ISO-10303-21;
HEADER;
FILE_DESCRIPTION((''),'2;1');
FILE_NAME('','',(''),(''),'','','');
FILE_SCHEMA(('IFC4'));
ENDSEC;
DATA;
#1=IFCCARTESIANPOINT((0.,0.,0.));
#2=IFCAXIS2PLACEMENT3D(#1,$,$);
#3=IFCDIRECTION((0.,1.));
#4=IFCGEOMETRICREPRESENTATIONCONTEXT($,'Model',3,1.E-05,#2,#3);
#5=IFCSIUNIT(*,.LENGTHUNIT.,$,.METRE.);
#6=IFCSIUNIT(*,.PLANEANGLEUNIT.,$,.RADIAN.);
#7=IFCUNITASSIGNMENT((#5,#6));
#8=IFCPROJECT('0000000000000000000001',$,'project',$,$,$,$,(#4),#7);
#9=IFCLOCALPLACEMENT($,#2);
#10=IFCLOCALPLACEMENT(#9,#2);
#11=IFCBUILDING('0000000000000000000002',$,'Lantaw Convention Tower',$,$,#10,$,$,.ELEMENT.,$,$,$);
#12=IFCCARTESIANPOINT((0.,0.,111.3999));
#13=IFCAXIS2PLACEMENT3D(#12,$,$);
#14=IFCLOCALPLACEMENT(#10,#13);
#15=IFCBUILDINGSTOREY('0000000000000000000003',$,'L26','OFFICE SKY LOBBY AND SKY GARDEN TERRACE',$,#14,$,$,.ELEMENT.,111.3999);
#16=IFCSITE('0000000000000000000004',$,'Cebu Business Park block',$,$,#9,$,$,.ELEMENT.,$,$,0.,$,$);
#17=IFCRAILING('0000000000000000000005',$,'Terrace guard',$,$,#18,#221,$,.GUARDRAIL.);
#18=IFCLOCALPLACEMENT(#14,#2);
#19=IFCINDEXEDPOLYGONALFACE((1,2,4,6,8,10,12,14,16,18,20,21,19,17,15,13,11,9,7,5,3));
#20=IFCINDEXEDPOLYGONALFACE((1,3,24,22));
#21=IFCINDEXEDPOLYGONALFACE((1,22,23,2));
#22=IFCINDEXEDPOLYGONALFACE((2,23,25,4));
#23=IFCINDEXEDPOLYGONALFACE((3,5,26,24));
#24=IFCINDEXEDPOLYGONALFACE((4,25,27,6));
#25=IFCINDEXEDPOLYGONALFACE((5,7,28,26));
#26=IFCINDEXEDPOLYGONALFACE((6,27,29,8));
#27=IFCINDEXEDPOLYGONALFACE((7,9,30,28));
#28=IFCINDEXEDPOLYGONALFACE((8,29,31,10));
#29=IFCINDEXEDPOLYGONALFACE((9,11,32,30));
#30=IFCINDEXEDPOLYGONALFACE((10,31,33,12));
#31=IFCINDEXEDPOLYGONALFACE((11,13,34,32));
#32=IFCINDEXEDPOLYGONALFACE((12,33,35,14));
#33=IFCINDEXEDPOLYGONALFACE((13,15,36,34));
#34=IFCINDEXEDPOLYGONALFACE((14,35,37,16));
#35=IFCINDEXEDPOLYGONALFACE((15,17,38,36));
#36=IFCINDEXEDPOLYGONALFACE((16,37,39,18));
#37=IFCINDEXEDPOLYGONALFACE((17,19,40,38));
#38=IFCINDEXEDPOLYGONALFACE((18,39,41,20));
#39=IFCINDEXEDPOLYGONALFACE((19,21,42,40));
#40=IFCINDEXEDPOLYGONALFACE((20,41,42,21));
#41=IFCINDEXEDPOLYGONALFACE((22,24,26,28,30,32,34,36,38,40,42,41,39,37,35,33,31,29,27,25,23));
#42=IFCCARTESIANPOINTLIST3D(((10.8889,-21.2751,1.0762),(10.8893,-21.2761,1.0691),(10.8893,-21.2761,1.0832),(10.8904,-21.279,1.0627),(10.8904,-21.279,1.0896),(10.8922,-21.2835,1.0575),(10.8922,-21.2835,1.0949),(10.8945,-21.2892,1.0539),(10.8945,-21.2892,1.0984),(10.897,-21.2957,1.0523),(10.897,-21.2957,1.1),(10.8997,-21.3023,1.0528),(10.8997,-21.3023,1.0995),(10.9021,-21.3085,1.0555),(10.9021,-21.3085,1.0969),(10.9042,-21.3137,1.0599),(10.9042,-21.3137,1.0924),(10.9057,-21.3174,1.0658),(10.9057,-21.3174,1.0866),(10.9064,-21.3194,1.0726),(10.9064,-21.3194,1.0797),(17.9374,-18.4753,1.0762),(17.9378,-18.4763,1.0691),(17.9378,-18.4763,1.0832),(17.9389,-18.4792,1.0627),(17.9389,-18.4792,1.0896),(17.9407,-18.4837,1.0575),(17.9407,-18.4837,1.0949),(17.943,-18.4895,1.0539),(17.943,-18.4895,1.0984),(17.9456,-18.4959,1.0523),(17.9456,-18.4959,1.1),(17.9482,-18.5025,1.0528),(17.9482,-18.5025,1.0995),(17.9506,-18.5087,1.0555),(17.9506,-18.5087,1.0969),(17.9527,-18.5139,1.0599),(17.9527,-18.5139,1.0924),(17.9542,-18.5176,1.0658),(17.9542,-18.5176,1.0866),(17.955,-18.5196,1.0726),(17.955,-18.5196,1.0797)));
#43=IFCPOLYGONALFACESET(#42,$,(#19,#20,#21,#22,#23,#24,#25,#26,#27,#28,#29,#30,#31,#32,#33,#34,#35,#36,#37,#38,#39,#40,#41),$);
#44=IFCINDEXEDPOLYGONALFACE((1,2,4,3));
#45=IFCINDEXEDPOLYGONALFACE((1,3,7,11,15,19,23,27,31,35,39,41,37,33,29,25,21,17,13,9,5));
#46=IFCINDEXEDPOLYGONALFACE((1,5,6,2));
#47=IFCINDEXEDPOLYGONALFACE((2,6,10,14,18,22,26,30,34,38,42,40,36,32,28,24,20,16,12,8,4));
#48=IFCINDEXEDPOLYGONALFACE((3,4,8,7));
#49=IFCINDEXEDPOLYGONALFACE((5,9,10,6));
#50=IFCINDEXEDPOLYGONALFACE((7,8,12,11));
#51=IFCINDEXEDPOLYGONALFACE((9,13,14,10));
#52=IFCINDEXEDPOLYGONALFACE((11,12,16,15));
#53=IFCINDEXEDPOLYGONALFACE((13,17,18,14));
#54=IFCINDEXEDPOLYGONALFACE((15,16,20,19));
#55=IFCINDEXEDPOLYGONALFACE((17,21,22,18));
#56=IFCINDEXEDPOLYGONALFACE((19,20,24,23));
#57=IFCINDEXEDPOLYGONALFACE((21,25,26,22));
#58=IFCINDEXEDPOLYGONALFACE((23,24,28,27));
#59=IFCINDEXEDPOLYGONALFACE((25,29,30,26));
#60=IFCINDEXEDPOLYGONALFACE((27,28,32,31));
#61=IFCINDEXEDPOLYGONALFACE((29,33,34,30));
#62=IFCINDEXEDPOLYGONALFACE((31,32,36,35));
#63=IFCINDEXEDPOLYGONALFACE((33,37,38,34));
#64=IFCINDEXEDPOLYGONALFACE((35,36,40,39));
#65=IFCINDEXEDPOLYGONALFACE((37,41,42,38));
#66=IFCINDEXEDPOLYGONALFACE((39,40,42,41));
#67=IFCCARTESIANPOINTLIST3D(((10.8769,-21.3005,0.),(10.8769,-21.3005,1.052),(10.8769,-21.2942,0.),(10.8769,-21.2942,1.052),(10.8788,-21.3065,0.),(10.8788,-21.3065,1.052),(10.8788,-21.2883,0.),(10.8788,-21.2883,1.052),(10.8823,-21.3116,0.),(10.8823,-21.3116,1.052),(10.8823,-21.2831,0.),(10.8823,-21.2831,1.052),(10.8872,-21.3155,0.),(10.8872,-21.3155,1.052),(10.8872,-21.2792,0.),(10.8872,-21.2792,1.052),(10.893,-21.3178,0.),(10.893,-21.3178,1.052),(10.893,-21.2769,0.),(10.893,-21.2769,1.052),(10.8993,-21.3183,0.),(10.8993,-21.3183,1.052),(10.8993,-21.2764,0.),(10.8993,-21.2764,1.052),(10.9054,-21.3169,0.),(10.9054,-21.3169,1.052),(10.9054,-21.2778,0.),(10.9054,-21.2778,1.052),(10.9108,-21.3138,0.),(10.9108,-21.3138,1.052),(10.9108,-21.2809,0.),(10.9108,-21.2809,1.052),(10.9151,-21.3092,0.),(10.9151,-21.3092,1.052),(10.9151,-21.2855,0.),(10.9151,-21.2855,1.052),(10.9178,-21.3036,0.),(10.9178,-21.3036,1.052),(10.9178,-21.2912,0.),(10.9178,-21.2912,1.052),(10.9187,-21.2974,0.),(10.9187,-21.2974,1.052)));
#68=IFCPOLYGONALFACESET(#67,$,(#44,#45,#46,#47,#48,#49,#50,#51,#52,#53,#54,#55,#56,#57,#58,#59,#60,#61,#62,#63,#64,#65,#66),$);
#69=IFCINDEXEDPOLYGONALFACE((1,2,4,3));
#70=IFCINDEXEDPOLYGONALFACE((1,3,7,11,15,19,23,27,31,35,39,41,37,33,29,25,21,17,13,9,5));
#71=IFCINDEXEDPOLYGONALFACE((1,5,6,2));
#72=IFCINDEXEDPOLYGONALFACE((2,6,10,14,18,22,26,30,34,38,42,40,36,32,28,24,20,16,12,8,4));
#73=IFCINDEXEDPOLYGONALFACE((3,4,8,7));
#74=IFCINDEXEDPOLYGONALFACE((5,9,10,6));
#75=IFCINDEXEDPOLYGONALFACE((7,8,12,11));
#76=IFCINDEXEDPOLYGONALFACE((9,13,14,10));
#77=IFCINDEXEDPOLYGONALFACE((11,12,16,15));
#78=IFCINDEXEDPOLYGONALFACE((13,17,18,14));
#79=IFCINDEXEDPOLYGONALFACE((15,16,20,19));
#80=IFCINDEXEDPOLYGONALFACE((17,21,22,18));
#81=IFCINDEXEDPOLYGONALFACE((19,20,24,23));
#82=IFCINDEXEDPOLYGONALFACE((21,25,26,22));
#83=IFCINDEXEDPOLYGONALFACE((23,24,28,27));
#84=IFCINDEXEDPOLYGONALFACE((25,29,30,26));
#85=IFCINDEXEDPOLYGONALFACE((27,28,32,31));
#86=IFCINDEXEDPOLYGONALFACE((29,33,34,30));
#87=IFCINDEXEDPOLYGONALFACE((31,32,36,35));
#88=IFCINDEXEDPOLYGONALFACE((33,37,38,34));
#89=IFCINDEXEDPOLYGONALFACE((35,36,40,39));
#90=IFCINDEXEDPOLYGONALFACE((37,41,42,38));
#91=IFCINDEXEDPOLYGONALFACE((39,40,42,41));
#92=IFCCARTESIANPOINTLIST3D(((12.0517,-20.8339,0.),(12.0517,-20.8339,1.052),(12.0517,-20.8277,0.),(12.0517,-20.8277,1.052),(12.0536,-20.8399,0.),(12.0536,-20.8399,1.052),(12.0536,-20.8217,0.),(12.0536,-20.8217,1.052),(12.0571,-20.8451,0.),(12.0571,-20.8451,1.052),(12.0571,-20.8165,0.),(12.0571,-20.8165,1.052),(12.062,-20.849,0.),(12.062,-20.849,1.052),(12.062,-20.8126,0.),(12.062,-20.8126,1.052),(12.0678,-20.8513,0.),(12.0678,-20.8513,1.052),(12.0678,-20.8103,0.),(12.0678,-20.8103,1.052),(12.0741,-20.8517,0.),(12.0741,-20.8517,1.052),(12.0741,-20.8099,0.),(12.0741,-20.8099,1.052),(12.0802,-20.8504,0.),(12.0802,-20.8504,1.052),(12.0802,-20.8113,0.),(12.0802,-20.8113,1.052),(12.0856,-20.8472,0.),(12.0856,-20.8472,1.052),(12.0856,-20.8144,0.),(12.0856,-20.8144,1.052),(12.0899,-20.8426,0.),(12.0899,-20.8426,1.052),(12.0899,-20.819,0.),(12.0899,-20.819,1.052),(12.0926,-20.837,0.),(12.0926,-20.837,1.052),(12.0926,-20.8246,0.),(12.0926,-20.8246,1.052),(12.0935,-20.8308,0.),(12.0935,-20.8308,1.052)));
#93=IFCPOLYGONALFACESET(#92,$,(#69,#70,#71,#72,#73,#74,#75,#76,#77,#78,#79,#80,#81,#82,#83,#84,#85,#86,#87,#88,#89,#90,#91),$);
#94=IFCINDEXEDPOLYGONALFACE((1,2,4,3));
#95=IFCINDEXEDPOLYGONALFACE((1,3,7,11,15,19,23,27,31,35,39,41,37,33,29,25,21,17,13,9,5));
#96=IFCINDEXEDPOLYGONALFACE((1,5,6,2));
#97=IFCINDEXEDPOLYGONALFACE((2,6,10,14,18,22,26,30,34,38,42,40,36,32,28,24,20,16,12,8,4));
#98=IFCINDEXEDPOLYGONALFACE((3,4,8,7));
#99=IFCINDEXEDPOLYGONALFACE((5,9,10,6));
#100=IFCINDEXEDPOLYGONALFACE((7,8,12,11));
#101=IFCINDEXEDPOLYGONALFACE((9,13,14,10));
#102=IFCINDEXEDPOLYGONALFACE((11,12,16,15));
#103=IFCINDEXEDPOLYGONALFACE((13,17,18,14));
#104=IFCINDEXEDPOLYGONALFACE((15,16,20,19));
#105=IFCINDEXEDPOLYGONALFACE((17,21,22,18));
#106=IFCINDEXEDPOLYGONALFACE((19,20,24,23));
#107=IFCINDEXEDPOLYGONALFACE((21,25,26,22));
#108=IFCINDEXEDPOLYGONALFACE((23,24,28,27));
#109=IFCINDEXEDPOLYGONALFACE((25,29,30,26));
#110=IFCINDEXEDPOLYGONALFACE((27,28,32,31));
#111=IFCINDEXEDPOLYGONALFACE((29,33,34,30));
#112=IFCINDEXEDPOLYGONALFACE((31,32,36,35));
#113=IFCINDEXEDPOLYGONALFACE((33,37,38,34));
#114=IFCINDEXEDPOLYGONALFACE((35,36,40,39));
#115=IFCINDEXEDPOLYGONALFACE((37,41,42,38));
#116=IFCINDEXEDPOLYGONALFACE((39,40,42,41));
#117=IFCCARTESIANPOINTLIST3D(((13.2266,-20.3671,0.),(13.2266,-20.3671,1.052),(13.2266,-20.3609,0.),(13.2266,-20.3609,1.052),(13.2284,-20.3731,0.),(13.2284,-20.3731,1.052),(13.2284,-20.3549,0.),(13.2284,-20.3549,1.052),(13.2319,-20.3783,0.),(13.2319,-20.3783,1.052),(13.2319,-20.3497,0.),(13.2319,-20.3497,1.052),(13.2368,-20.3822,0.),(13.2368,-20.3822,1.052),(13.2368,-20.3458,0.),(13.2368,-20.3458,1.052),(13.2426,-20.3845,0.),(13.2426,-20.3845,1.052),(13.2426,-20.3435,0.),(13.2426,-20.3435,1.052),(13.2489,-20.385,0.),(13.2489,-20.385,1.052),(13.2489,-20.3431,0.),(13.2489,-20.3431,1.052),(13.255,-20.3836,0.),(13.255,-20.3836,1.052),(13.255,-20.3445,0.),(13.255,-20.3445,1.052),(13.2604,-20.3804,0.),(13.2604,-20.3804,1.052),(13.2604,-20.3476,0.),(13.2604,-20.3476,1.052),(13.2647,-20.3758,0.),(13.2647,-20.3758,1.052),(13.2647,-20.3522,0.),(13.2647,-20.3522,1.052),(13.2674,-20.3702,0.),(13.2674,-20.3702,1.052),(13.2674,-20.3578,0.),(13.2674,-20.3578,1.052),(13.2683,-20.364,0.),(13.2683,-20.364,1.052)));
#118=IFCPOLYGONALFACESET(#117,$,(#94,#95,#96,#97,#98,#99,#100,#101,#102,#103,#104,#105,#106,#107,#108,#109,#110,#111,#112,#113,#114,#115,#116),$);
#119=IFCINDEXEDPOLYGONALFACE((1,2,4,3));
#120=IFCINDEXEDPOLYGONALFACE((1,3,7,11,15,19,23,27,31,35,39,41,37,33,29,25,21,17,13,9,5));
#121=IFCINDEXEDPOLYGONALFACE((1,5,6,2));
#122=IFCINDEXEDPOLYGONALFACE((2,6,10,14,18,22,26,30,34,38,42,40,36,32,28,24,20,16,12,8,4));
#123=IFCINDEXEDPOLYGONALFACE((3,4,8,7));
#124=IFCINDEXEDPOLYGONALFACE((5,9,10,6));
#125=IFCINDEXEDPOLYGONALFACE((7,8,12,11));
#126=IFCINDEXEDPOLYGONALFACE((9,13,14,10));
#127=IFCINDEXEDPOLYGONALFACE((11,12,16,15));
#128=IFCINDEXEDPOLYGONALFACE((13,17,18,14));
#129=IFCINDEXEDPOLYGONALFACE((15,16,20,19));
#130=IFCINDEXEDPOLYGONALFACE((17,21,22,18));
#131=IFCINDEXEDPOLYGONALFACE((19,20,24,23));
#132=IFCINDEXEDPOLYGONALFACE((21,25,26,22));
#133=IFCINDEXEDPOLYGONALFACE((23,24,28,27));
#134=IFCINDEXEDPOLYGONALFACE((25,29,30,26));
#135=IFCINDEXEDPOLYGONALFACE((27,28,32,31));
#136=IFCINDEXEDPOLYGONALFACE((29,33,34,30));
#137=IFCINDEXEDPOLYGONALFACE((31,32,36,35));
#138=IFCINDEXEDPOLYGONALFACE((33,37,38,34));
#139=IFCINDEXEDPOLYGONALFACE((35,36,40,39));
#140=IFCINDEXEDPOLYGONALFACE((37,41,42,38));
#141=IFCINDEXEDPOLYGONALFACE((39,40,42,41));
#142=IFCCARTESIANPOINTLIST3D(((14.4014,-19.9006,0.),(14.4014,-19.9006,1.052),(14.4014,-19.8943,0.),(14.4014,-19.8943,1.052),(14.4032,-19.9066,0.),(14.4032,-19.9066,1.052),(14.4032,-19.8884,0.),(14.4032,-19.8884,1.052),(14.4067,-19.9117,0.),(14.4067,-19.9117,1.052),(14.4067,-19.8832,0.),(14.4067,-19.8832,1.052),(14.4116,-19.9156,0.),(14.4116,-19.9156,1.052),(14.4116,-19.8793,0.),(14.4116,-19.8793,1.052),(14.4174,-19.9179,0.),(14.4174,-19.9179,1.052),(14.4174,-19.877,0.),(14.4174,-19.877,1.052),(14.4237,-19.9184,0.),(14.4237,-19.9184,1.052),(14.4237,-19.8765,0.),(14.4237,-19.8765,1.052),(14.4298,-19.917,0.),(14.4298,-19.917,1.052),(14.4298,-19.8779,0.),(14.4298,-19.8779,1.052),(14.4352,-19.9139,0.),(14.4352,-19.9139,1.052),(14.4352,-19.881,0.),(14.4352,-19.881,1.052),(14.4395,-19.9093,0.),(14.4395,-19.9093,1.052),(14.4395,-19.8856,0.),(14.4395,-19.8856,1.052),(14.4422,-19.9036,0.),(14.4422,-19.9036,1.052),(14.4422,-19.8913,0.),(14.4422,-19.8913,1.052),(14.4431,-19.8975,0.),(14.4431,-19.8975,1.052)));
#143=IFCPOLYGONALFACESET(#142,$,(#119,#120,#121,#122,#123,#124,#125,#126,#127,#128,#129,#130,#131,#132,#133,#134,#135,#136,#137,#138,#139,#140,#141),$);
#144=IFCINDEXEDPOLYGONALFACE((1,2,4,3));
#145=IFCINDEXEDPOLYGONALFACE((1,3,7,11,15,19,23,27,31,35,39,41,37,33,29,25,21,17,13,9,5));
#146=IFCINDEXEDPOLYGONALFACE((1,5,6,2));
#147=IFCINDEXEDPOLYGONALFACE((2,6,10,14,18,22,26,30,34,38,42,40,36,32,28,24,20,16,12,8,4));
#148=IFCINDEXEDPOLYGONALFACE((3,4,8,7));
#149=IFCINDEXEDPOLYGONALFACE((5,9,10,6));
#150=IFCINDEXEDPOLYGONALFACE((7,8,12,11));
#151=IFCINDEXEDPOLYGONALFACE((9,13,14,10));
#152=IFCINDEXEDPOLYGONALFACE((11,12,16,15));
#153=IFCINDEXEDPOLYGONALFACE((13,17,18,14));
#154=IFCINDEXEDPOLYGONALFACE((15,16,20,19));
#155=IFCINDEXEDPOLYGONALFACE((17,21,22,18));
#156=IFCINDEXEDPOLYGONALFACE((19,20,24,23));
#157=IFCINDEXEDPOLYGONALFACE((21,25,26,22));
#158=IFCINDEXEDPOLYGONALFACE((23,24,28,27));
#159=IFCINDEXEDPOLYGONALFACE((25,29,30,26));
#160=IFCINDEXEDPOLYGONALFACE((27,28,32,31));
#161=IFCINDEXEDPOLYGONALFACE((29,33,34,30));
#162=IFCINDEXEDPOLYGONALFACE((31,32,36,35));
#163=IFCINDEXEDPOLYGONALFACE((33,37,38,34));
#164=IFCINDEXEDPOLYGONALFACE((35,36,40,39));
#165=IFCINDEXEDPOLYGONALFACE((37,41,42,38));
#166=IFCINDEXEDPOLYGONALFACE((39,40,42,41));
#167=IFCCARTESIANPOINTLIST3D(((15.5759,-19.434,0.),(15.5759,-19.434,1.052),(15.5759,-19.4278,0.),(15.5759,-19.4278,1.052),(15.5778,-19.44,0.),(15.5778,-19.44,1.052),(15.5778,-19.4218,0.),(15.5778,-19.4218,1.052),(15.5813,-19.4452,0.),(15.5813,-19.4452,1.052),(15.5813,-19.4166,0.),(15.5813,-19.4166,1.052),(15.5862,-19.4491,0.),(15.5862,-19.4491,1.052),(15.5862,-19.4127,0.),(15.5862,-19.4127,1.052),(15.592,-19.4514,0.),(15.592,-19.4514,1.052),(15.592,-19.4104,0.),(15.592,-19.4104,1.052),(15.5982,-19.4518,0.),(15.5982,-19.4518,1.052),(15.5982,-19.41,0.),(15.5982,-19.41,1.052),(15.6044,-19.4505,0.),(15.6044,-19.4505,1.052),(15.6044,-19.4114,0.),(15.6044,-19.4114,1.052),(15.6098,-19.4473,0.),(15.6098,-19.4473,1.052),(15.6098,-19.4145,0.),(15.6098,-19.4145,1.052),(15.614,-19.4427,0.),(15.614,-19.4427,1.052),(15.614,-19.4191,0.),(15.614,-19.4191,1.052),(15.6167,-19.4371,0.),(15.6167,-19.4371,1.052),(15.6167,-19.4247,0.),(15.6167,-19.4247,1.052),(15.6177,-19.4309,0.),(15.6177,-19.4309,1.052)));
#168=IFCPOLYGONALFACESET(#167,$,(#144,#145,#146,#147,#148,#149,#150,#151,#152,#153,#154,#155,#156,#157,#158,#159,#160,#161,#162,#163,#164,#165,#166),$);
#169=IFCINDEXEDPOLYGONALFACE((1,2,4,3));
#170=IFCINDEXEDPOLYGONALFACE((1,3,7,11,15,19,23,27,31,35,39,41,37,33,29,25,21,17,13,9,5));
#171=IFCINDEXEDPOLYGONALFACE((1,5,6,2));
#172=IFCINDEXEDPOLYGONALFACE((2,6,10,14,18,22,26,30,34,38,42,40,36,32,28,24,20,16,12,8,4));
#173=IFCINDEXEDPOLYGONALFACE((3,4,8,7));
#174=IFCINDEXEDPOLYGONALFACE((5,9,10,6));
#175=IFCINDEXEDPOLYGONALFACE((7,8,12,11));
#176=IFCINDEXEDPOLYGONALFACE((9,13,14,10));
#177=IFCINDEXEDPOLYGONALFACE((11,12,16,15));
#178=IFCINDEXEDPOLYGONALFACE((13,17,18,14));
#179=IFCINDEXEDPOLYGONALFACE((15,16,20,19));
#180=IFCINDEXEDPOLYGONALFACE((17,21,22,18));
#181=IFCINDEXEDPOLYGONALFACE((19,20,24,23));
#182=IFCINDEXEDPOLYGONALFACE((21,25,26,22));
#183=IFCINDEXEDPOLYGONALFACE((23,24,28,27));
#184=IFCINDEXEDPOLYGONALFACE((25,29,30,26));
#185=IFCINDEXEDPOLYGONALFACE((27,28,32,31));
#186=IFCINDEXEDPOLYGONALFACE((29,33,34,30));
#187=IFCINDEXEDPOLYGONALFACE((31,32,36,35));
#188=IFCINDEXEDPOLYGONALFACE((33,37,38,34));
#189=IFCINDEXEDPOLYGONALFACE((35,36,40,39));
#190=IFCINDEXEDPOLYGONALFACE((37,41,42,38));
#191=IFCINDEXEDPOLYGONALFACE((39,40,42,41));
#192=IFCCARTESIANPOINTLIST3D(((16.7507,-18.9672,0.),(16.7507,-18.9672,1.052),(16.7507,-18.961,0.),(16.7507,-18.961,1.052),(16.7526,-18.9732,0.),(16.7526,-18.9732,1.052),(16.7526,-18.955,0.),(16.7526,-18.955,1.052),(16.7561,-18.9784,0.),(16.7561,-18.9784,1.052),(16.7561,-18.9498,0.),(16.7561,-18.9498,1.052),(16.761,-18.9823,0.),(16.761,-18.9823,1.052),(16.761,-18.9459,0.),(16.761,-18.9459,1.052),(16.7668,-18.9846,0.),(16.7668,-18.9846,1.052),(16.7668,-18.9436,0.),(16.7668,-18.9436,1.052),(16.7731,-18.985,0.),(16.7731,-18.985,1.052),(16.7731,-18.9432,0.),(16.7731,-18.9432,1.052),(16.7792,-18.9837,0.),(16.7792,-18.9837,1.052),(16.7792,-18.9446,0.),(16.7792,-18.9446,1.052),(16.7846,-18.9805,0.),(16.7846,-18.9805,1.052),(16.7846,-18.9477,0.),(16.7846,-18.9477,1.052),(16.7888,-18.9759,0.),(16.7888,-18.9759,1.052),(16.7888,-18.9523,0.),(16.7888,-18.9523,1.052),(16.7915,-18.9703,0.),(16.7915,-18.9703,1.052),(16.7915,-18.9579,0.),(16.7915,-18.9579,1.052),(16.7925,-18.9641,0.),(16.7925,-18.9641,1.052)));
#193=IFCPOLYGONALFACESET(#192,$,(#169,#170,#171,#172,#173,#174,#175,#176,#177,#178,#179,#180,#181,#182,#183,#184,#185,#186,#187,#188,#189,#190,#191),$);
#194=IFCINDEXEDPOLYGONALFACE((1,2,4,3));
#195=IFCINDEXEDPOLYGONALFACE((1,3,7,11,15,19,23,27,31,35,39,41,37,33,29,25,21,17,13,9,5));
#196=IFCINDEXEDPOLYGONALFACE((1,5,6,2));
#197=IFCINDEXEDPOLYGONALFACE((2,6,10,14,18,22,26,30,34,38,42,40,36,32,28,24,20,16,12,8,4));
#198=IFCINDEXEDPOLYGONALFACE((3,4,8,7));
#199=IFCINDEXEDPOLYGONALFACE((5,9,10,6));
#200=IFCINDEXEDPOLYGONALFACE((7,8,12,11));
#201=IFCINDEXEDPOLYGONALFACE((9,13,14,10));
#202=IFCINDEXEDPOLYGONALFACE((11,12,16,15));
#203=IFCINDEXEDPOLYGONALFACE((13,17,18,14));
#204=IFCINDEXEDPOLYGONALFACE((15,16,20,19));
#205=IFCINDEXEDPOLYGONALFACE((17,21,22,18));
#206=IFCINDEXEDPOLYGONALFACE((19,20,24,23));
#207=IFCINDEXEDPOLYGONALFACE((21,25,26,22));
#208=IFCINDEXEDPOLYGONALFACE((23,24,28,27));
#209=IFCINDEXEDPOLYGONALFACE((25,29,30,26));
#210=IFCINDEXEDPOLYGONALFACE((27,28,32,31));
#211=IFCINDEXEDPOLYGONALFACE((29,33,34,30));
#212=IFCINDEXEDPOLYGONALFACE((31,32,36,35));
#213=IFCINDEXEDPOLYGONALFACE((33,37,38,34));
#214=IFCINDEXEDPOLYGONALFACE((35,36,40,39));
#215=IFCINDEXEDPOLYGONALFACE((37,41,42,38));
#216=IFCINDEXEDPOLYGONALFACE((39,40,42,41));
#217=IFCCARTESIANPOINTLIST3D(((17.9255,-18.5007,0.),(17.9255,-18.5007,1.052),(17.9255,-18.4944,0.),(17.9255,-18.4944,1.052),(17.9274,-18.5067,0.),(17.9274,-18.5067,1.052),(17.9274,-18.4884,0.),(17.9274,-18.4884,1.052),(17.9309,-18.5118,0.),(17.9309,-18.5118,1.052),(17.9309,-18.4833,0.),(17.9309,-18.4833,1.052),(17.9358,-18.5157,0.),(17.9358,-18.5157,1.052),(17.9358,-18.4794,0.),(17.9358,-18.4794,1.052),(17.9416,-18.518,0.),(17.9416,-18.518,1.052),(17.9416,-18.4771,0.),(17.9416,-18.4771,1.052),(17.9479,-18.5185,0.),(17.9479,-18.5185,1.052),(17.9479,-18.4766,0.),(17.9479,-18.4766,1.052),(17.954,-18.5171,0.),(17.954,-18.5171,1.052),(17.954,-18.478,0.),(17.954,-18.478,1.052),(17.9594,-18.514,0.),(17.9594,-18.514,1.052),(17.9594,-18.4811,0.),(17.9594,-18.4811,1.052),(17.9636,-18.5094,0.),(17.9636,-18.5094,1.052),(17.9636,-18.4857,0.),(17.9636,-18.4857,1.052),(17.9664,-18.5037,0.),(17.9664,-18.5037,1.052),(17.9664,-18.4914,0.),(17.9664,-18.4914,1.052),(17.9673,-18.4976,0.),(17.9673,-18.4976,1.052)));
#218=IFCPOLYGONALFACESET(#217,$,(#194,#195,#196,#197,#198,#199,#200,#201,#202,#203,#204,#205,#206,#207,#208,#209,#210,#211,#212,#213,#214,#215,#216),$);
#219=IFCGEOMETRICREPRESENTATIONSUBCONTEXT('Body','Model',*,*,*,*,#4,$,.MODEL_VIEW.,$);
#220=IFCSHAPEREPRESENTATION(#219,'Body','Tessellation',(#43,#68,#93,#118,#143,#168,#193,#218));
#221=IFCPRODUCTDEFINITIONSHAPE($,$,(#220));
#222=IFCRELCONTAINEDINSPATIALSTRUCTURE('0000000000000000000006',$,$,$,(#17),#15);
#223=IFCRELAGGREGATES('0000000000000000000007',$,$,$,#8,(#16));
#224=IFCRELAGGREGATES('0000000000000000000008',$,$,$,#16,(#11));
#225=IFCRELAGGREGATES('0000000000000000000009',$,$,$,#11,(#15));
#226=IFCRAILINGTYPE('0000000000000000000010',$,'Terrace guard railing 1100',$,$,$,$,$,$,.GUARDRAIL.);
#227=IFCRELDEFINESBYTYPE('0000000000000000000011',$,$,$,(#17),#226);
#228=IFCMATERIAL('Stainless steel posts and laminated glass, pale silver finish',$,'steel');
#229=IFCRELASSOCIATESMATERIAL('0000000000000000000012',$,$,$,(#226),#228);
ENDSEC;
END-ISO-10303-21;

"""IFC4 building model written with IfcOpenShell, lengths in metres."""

from ifc_helpers import new_model, si_unit, direction, frame, origin, origin_2d, place, context, subcontext, project, spatial, circle, extrude, material, type_object, element, save


model = new_model("IFC4")

# Units and contexts
model_context = context("Model", 3, precision=1e-05, world=origin(), true_north=direction((0.0, 1.0)))
body_context = subcontext(model_context, "Body", "Model", "MODEL_VIEW")
ifc_project = project(units=[si_unit("LENGTHUNIT", "METRE"), si_unit("PLANEANGLEUNIT", "RADIAN")], contexts=[model_context])

# Site, building, storey
site_placement = place(None, origin())
site = spatial("IfcSite", under=ifc_project, at=site_placement, Name="Cebu Business Park block", CompositionType="ELEMENT", RefElevation=0.0)
building_placement = place(site_placement, origin())
building = spatial("IfcBuilding", under=site, at=building_placement, Name="Lantaw Convention Tower", CompositionType="ELEMENT")
storey_placement = place(building_placement, frame((0.0, 0.0, 111.3999)))
storey = spatial("IfcBuildingStorey", under=building, at=storey_placement, Name="L26", Description="OFFICE SKY LOBBY AND SKY GARDEN TERRACE", CompositionType="ELEMENT", Elevation=111.3999)

# Railing
ifc_material_1 = material(Name="Stainless steel posts and laminated glass, pale silver finish", Category="steel")
railing_type = type_object("IfcRailingType", Name="Terrace guard railing 1100", PredefinedType="GUARDRAIL", material=ifc_material_1)
railing_1_placement = place(storey_placement, frame((10.8977, -21.2974, 0.0)))
element("IfcRailing", 1, at=railing_1_placement, inside=storey, type_object=railing_type, Name="Terrace guard", PredefinedType="GUARDRAIL", context=body_context, shape_type="SweptSolid", body=[
    extrude(circle(Radius=0.0239, at=origin_2d()), frame((0.0, 0.0, 1.0762), z_axis=(0.929366, 0.369158, 0.0), x_axis=(-0.369158, 0.929366, 0.0)), (0.0, 0.0, 1.0), 7.5842),
    extrude(circle(Radius=0.021, at=origin_2d()), origin(), (0.0, 0.0, 1.0), 1.052),
    extrude(circle(Radius=0.021, at=origin_2d()), frame((1.1748, 0.4666, 0.0)), (0.0, 0.0, 1.0), 1.052),
    extrude(circle(Radius=0.021, at=origin_2d()), frame((2.3496, 0.9333, 0.0)), (0.0, 0.0, 1.0), 1.052),
    extrude(circle(Radius=0.021, at=origin_2d()), frame((3.5244, 1.3999, 0.0)), (0.0, 0.0, 1.0), 1.052),
    extrude(circle(Radius=0.021, at=origin_2d()), frame((4.699, 1.8665, 0.0)), (0.0, 0.0, 1.0), 1.052),
    extrude(circle(Radius=0.021, at=origin_2d()), frame((5.8738, 2.3333, 0.0)), (0.0, 0.0, 1.0), 1.052),
    extrude(circle(Radius=0.021, at=origin_2d()), frame((7.0486, 2.7998, 0.0)), (0.0, 0.0, 1.0), 1.052),
])

save(model, "model.ifc")
